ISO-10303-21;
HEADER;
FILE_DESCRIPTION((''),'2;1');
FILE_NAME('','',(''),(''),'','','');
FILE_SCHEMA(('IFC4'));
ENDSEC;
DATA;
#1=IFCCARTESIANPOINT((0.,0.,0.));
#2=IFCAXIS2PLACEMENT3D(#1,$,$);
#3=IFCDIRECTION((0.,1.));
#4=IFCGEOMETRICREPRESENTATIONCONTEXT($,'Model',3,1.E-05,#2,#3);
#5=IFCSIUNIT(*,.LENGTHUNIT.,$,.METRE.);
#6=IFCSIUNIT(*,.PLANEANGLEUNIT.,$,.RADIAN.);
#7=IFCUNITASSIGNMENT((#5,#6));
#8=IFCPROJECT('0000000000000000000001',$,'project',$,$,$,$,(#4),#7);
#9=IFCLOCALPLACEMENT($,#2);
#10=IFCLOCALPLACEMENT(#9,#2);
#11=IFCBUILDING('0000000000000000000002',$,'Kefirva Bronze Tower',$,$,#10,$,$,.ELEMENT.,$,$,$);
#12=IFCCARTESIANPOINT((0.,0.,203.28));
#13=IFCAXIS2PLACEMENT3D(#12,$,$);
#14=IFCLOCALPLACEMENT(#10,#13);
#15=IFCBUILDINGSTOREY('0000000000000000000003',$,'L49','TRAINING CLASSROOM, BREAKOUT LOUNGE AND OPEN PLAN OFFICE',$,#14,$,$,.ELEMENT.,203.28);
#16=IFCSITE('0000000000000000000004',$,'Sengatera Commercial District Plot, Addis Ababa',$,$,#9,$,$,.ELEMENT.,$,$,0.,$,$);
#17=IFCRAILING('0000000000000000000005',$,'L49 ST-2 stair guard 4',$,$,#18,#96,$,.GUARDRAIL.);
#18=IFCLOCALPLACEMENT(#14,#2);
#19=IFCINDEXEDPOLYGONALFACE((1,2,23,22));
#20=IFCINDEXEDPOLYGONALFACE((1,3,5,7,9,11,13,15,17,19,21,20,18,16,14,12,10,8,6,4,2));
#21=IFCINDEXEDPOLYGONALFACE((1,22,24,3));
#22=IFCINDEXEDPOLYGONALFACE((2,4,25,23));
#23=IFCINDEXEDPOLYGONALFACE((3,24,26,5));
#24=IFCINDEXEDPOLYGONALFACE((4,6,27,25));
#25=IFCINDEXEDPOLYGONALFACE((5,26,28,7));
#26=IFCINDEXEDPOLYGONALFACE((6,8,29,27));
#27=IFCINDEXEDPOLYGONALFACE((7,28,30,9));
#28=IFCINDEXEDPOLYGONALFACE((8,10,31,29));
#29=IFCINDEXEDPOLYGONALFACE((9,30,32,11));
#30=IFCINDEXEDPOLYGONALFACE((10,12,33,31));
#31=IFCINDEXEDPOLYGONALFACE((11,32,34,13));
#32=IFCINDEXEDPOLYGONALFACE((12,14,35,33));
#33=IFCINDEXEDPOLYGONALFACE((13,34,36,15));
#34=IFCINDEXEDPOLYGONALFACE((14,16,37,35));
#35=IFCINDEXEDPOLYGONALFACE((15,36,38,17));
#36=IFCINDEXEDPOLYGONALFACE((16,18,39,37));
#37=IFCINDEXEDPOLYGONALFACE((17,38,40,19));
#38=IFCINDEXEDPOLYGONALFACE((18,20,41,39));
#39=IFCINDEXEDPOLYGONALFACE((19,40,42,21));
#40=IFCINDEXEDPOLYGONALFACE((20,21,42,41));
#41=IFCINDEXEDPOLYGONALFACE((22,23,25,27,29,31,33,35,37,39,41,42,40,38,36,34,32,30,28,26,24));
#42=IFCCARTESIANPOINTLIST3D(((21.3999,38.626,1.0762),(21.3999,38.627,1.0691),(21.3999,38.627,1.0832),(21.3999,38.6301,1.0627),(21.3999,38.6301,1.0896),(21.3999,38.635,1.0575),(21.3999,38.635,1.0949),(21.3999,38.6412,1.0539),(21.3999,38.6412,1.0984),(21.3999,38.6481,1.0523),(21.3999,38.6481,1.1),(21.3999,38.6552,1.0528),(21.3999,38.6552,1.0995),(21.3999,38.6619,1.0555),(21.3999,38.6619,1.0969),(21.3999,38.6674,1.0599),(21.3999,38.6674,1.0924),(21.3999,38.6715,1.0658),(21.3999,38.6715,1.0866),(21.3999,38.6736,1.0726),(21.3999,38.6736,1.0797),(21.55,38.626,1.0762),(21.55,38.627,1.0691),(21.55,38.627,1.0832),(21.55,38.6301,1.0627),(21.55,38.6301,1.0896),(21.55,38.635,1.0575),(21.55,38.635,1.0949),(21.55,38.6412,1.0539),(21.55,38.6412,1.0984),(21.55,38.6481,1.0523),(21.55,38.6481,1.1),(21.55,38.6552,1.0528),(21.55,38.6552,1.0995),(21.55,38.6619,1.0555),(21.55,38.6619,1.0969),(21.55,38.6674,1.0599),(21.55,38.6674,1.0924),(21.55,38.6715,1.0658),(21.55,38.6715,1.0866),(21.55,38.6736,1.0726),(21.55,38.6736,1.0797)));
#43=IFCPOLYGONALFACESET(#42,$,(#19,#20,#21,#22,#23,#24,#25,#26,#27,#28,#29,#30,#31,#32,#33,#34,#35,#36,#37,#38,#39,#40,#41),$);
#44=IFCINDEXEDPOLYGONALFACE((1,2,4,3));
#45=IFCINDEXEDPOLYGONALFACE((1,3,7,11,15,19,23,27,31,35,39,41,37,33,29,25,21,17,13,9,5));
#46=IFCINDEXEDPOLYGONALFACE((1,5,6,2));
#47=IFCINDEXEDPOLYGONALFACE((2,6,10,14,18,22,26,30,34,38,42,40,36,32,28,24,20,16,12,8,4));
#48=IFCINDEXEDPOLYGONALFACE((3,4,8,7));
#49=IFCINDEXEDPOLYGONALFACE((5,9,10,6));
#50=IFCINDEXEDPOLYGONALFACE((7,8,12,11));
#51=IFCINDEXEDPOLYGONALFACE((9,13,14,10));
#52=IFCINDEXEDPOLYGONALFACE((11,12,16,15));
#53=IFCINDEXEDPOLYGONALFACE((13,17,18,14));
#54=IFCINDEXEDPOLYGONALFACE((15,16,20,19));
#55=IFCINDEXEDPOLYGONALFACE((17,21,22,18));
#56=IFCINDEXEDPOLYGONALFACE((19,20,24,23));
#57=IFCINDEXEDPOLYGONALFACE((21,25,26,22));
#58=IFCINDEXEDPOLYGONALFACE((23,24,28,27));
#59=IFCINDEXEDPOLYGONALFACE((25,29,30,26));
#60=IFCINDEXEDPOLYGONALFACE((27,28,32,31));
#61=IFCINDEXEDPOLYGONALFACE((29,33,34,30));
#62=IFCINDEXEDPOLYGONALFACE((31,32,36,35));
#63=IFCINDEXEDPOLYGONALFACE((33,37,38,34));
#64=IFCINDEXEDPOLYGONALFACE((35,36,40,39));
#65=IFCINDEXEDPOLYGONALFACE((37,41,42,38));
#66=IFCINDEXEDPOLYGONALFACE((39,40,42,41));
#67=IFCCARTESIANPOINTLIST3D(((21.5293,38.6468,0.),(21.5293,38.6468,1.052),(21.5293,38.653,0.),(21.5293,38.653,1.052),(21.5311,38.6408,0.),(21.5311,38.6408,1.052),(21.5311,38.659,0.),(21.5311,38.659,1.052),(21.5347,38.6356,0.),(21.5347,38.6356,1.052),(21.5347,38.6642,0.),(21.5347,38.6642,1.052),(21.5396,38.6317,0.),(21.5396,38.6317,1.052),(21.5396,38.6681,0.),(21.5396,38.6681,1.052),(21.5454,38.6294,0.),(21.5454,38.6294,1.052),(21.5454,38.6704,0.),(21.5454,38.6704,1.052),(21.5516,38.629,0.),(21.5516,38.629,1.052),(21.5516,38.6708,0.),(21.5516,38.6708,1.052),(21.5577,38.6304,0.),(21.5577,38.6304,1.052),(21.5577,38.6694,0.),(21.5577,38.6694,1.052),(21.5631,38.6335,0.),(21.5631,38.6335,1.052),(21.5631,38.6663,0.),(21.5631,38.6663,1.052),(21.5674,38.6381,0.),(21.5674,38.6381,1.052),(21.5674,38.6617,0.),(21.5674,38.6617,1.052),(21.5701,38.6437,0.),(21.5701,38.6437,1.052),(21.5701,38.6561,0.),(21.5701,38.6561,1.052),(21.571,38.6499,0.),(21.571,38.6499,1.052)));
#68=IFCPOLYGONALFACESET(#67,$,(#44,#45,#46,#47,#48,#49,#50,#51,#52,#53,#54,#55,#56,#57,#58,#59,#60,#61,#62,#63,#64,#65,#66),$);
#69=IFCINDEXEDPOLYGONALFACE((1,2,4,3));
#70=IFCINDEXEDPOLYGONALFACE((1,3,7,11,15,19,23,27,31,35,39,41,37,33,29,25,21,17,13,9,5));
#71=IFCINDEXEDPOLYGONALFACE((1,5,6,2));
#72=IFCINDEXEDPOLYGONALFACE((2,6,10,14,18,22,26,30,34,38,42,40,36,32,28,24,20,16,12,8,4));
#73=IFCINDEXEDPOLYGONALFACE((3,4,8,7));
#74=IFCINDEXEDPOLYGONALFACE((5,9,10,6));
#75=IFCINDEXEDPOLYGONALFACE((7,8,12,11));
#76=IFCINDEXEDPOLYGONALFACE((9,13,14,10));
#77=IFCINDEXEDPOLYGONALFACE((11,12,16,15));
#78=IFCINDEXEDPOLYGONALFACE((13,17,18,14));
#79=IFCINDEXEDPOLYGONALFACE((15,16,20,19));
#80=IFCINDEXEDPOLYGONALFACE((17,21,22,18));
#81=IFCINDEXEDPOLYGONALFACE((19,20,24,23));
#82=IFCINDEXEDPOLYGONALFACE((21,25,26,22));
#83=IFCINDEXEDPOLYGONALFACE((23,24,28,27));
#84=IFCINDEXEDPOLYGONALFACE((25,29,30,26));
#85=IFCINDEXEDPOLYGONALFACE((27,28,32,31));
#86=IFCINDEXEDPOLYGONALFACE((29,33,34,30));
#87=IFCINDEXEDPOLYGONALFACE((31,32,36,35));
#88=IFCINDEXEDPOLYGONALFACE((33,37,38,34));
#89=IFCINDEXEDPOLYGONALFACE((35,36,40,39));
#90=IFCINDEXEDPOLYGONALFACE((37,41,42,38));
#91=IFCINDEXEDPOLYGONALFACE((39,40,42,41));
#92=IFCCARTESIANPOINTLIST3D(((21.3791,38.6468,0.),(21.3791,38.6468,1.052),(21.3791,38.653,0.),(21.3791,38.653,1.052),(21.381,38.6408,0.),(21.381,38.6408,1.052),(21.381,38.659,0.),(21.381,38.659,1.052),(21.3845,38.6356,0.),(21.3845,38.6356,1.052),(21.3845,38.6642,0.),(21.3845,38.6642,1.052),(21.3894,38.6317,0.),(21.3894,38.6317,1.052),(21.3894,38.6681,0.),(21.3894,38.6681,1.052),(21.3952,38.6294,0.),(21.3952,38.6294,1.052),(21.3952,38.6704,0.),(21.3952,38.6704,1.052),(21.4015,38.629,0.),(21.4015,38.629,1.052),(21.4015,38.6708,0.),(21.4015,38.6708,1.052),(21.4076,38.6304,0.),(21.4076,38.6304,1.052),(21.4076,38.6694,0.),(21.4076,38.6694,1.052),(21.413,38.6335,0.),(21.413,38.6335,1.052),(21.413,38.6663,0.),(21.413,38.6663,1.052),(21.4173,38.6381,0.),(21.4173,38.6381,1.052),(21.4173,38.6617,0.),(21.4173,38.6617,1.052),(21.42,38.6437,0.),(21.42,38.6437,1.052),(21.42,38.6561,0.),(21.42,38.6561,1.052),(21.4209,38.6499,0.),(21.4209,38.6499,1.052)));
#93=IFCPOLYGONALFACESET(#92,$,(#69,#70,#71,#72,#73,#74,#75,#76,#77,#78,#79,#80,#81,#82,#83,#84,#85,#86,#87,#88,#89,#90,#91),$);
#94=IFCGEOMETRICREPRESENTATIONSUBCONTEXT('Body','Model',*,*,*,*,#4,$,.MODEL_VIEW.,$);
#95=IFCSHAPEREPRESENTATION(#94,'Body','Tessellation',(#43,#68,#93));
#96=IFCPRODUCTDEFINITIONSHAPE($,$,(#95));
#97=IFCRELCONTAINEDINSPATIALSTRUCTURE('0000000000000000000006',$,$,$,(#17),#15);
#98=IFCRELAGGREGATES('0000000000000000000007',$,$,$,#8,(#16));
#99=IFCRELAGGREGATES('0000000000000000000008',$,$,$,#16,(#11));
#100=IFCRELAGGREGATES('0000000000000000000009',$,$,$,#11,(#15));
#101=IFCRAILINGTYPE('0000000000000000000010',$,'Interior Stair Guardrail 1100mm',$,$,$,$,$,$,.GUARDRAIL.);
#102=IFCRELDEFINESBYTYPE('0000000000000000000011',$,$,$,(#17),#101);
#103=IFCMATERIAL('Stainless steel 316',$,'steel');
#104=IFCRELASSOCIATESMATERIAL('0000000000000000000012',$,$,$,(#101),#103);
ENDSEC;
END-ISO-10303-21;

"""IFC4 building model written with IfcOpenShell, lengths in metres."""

from ifc_helpers import new_model, si_unit, direction, frame, origin, origin_2d, place, context, subcontext, project, spatial, circle, extrude, material, type_object, element, save


model = new_model("IFC4")

# Units and contexts
model_context = context("Model", 3, precision=1e-05, world=origin(), true_north=direction((0.0, 1.0)))
body_context = subcontext(model_context, "Body", "Model", "MODEL_VIEW")
ifc_project = project(units=[si_unit("LENGTHUNIT", "METRE"), si_unit("PLANEANGLEUNIT", "RADIAN")], contexts=[model_context])

# Site, building, storey
site_placement = place(None, origin())
site = spatial("IfcSite", under=ifc_project, at=site_placement, Name="Sengatera Commercial District Plot, Addis Ababa", CompositionType="ELEMENT", RefElevation=0.0)
building_placement = place(site_placement, origin())
building = spatial("IfcBuilding", under=site, at=building_placement, Name="Kefirva Bronze Tower", CompositionType="ELEMENT")
storey_placement = place(building_placement, frame((0.0, 0.0, 203.28)))
storey = spatial("IfcBuildingStorey", under=building, at=storey_placement, Name="L49", Description="TRAINING CLASSROOM, BREAKOUT LOUNGE AND OPEN PLAN OFFICE", CompositionType="ELEMENT", Elevation=203.28)

# Railing
ifc_material_1 = material(Name="Stainless steel 316", Category="steel")
railing_type_1 = type_object("IfcRailingType", Name="Interior Stair Guardrail 1100mm", PredefinedType="GUARDRAIL", material=ifc_material_1)
railing_1_placement = place(storey_placement, frame((21.55, 38.6499, 0.0)))
element("IfcRailing", 1, at=railing_1_placement, inside=storey, type_object=railing_type_1, Name="L49 ST-2 stair guard 4", PredefinedType="GUARDRAIL", context=body_context, shape_type="SweptSolid", body=[
    extrude(circle(Radius=0.0239, at=origin_2d()), frame((0.0, 0.0, 1.0762), z_axis=(-1.0, 0.0, 0.0), x_axis=(0.0, -1.0, 0.0)), (0.0, 0.0, 1.0), 0.1501),
    extrude(circle(Radius=0.021, at=origin_2d()), origin(), (0.0, 0.0, 1.0), 1.052),
    extrude(circle(Radius=0.021, at=origin_2d()), frame((-0.1501, 0.0, 0.0)), (0.0, 0.0, 1.0), 1.052),
])

save(model, "model.ifc")
